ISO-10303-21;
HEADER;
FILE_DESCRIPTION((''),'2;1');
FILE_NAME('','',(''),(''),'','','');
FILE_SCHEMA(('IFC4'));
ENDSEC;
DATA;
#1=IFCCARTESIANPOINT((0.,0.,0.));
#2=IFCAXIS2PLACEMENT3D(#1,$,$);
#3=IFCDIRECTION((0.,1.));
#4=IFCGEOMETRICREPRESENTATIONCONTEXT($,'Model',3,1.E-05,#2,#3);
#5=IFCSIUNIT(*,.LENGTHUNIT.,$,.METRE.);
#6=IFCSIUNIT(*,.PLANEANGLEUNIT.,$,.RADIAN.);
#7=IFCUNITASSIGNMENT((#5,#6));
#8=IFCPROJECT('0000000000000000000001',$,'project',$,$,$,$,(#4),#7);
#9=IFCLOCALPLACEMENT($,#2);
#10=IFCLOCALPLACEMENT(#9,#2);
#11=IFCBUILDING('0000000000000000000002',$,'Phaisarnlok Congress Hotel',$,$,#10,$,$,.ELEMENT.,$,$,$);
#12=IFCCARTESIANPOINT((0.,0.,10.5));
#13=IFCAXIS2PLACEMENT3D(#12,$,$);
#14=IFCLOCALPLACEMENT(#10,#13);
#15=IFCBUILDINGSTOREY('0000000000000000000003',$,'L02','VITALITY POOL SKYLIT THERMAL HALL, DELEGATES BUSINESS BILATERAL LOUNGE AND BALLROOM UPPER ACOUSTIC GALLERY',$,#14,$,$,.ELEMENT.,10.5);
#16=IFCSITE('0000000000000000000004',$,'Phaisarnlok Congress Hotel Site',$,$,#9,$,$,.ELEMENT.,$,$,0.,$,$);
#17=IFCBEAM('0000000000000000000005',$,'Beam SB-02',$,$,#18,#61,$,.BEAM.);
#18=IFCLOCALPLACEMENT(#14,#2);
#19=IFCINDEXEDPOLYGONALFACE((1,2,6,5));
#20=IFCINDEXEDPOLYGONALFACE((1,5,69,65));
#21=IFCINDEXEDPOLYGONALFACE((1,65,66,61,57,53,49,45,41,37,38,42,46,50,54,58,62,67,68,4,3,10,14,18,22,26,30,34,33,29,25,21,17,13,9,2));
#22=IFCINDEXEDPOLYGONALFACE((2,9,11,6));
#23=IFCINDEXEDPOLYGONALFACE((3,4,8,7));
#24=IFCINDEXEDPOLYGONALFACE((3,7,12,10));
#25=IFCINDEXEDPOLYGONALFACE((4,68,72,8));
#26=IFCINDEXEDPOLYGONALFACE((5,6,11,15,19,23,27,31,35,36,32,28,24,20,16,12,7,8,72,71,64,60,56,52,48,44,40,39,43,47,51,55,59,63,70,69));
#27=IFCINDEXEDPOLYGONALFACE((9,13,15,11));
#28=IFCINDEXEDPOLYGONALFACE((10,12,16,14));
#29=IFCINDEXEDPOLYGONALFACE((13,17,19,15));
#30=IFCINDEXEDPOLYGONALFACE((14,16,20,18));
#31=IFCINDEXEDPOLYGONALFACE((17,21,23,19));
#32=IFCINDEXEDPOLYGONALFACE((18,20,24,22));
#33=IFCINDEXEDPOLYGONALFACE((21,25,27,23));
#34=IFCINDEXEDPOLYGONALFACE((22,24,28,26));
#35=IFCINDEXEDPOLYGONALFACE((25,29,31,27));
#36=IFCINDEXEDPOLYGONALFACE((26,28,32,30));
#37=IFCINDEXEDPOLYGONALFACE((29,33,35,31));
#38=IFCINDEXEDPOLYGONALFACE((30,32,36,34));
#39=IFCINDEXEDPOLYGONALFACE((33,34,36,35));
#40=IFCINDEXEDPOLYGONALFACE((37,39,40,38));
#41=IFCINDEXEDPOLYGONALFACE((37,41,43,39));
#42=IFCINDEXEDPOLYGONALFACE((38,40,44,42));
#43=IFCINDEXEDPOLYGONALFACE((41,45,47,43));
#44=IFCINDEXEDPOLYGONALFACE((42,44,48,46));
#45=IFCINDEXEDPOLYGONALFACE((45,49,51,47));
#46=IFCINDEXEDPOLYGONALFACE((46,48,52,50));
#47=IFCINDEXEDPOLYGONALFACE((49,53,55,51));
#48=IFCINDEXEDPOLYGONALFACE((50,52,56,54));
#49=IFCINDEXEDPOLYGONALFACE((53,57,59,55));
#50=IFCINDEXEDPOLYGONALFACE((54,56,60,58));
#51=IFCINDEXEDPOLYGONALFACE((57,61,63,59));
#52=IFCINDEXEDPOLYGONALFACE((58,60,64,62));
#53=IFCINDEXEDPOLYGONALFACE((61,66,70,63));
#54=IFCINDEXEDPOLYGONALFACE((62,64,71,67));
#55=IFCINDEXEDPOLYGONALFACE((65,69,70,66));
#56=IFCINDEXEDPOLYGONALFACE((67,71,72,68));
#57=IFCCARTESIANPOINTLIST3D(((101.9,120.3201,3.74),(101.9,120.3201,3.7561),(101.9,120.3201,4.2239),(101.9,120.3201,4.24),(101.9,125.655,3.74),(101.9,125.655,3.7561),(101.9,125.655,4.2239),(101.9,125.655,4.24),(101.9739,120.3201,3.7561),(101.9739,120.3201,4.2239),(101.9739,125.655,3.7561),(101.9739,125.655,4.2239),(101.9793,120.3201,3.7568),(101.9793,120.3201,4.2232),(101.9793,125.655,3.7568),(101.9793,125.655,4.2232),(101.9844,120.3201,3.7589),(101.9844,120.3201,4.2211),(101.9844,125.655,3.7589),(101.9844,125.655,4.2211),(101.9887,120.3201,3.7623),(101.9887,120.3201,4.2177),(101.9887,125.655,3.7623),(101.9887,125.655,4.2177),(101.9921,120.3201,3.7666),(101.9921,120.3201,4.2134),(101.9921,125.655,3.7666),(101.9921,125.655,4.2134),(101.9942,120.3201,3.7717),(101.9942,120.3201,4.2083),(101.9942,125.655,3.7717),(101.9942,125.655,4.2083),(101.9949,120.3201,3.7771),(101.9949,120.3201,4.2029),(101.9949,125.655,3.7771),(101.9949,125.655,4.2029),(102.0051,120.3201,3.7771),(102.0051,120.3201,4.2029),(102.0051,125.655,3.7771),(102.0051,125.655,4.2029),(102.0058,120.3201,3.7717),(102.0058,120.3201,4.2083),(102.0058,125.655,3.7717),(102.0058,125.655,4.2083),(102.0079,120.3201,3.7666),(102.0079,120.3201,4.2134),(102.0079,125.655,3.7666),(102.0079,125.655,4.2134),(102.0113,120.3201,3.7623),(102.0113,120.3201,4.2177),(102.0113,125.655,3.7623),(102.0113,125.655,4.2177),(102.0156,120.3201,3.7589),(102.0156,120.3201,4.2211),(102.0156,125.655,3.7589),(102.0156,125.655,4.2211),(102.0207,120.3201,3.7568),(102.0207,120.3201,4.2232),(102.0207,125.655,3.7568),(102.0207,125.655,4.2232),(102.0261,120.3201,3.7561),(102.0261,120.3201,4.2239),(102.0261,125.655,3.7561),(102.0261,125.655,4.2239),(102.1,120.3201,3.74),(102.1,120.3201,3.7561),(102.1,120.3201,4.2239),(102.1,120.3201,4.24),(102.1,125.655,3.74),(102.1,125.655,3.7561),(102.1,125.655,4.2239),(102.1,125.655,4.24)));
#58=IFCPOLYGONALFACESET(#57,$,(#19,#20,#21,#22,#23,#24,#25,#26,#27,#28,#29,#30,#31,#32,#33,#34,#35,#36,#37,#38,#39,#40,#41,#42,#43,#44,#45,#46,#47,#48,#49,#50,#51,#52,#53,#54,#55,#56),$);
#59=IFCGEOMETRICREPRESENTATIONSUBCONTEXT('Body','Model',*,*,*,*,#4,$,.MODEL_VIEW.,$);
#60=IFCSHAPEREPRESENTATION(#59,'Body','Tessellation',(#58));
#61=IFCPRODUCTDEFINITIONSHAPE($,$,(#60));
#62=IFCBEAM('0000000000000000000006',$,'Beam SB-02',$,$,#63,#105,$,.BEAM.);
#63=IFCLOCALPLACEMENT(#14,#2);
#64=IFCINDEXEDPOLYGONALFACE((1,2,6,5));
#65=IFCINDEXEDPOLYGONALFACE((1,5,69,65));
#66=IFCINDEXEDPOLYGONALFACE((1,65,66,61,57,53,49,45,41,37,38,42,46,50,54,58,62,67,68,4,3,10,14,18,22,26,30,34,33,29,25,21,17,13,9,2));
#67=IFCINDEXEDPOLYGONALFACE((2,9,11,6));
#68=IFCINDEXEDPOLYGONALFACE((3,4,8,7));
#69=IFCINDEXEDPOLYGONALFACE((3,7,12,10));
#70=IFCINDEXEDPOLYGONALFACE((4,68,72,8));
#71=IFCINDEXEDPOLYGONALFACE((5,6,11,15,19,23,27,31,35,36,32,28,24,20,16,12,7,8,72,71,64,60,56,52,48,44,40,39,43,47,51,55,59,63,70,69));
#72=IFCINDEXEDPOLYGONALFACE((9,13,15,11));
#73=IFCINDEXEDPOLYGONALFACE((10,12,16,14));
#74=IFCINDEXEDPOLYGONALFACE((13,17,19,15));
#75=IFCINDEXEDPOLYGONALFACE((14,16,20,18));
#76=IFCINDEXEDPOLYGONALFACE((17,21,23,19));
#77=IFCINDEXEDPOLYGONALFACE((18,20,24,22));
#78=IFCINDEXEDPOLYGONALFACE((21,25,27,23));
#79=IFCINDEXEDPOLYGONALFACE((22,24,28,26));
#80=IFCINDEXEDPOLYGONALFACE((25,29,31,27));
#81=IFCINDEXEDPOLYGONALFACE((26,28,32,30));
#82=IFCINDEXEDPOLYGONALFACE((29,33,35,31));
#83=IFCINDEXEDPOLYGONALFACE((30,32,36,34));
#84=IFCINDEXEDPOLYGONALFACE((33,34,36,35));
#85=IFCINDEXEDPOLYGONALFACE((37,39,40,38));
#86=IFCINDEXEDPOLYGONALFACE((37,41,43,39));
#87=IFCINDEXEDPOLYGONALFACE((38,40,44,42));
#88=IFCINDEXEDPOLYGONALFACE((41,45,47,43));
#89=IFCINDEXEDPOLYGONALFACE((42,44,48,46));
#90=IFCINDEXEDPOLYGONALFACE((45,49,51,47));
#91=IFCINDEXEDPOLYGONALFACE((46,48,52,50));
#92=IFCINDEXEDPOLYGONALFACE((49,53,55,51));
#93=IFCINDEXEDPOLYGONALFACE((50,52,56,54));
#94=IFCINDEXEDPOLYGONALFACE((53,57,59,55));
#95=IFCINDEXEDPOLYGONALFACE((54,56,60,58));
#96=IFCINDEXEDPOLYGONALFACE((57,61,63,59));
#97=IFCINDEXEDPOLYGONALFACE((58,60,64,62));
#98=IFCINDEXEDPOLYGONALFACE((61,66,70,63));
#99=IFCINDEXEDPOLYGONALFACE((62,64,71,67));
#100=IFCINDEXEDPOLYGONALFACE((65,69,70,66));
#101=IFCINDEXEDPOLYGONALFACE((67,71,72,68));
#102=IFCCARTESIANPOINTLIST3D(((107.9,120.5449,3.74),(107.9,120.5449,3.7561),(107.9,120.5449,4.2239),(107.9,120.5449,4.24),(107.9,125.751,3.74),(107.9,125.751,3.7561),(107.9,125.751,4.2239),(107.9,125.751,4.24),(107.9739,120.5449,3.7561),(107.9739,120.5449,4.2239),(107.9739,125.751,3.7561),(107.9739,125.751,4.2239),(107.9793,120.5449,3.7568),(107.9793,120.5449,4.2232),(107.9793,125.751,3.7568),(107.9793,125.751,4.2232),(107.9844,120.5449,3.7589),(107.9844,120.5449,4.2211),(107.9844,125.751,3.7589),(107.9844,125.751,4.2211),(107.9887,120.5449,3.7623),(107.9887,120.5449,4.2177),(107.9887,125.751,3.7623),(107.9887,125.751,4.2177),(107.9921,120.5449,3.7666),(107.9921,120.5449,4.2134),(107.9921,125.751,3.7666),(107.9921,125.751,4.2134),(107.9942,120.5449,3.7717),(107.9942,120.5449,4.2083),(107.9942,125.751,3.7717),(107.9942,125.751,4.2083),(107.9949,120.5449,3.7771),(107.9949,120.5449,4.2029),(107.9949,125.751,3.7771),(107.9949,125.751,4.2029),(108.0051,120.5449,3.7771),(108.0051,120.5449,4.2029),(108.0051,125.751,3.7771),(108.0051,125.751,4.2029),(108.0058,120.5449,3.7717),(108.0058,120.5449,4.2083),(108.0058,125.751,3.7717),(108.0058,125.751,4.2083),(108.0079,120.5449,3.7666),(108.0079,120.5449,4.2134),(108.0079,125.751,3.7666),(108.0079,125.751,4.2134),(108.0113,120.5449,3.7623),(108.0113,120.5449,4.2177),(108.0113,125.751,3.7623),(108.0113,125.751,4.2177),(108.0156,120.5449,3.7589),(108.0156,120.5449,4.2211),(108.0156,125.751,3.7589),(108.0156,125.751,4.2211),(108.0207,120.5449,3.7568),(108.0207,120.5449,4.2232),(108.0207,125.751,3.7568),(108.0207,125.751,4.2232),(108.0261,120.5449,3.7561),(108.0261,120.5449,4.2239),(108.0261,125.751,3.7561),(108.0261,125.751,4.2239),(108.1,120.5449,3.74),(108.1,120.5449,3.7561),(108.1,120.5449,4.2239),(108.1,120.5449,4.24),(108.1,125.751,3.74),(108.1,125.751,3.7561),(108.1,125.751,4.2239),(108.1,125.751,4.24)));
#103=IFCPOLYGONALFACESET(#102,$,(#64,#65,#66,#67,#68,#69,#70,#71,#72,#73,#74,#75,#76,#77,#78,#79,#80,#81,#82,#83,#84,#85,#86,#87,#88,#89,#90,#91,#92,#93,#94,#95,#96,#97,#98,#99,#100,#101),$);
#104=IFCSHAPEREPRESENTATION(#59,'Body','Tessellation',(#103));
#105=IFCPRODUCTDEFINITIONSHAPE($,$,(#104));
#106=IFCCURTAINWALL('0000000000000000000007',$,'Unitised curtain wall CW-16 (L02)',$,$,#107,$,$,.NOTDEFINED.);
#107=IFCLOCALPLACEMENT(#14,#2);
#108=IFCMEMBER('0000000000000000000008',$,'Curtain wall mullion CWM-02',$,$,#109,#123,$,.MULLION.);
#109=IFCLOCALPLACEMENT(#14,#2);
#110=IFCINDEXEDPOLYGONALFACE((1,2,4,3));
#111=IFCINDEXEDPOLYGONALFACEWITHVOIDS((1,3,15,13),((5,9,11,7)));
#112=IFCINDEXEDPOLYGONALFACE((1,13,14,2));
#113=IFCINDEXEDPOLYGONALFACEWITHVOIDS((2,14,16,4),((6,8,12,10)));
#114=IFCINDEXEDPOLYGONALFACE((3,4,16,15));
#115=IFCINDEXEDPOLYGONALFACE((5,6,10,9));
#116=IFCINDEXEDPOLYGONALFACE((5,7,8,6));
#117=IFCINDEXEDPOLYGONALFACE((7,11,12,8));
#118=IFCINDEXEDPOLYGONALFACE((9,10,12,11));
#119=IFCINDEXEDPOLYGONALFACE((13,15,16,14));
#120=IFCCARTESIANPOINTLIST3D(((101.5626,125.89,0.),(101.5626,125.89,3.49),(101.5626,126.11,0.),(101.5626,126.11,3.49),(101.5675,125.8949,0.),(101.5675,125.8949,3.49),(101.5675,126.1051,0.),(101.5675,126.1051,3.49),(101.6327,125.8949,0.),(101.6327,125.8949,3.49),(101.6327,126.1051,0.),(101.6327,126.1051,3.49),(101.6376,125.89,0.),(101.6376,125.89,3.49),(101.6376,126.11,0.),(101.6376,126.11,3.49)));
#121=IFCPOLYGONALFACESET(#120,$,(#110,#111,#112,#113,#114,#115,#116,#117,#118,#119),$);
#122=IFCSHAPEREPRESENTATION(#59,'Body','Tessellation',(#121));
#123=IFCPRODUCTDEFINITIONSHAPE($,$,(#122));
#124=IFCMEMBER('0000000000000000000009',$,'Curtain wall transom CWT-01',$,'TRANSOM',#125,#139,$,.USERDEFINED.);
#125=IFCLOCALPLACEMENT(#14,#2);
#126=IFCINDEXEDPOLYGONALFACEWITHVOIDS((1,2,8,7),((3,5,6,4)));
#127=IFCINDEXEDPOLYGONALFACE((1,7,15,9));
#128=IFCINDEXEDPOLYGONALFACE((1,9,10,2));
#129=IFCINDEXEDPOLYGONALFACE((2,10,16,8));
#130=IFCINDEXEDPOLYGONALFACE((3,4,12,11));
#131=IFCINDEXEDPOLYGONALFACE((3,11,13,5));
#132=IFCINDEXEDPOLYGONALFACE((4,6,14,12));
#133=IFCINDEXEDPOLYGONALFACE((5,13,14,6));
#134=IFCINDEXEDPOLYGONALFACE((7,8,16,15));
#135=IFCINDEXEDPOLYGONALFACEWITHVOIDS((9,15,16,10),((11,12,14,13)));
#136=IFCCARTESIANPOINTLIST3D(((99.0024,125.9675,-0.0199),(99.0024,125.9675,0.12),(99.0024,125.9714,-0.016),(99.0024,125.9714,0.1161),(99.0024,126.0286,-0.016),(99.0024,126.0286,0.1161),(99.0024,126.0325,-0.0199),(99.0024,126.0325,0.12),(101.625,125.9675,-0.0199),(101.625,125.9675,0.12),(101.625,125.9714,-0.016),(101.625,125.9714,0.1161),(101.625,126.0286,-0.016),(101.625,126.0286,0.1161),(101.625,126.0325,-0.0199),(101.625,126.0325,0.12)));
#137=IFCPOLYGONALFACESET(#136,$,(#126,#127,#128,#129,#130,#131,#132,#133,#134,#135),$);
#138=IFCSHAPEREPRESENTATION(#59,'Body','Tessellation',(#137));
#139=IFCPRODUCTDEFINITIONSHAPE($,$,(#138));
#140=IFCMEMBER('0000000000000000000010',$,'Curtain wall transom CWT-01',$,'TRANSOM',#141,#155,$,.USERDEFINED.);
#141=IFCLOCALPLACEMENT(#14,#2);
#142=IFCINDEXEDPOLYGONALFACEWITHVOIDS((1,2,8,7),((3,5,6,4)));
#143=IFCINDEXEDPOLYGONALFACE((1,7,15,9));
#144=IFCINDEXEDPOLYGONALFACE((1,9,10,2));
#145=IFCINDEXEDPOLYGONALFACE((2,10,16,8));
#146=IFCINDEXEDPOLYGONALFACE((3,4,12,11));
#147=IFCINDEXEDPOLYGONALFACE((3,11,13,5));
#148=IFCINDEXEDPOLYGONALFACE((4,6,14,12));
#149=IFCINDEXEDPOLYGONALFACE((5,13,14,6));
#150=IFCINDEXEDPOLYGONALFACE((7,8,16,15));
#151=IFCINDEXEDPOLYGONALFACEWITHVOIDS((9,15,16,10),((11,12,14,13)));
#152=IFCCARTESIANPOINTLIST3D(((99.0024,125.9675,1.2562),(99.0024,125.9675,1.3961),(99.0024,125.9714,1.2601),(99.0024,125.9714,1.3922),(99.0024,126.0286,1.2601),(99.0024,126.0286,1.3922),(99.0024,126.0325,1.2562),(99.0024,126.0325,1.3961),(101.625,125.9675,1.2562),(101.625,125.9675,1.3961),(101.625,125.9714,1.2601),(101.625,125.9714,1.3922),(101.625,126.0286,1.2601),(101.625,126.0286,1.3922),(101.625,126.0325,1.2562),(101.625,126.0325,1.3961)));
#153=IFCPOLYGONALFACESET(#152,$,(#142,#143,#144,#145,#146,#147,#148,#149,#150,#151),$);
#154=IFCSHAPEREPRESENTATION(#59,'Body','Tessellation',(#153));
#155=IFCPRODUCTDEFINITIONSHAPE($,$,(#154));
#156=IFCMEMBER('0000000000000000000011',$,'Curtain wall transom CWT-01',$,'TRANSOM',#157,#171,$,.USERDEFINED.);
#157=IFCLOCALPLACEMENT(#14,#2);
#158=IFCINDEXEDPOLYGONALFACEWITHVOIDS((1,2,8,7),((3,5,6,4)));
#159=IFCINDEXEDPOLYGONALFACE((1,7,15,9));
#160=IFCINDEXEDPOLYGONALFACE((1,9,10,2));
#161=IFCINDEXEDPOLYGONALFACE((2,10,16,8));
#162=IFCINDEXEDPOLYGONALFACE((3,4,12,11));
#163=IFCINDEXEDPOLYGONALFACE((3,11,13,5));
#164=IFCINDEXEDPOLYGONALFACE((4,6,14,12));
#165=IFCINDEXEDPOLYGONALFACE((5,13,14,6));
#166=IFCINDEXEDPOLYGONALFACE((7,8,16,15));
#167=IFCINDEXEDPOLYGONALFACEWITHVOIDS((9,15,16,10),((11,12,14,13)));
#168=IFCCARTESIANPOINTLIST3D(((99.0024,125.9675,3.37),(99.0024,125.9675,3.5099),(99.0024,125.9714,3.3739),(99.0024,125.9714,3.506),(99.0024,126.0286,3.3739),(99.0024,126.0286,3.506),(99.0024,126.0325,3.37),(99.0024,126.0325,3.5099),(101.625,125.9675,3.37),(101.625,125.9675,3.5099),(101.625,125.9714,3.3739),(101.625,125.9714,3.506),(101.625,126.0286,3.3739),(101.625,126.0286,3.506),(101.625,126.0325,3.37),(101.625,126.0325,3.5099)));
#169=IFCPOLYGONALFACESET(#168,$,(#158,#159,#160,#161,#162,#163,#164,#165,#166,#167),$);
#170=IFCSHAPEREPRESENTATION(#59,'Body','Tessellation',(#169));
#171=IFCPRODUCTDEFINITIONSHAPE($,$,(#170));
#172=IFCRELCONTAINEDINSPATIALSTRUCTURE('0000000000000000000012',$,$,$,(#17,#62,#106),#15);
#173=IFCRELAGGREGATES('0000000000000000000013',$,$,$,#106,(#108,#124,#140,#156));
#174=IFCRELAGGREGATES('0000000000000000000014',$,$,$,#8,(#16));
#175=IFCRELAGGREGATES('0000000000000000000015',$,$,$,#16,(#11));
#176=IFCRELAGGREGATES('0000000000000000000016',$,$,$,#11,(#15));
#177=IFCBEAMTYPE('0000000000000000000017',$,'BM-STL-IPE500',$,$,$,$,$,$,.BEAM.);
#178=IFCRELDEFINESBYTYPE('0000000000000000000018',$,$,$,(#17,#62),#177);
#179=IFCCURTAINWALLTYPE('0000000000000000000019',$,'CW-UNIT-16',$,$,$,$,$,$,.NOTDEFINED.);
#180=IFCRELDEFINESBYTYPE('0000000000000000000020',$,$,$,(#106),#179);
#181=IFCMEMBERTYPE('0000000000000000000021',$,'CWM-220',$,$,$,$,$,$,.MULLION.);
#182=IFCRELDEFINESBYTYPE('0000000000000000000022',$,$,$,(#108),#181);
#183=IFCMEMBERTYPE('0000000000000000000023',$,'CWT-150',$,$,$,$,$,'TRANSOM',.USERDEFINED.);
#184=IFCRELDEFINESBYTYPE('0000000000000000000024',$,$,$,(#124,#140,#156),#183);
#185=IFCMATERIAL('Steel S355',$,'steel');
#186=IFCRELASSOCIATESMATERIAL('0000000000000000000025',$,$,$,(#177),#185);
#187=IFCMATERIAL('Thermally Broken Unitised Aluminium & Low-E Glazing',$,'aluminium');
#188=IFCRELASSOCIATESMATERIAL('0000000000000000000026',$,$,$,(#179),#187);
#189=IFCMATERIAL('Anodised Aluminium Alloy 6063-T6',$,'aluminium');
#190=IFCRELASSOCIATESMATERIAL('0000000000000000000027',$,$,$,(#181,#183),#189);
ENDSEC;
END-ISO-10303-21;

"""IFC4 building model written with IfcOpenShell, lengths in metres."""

from ifc_helpers import new_model, si_unit, direction, frame, origin, origin_2d, place, context, subcontext, project, spatial, hollow_rectangle, i_section, extrude, material, material_profile, profile_set, type_object, element, aggregate, save


model = new_model("IFC4")

# Units and contexts
model_context = context("Model", 3, precision=1e-05, world=origin(), true_north=direction((0.0, 1.0)))
body_context = subcontext(model_context, "Body", "Model", "MODEL_VIEW")
ifc_project = project(units=[si_unit("LENGTHUNIT", "METRE"), si_unit("PLANEANGLEUNIT", "RADIAN")], contexts=[model_context])

# Site, building, storey
site_placement = place(None, origin())
site = spatial("IfcSite", under=ifc_project, at=site_placement, Name="Phaisarnlok Congress Hotel Site", CompositionType="ELEMENT", RefElevation=0.0)
building_placement = place(site_placement, origin())
building = spatial("IfcBuilding", under=site, at=building_placement, Name="Phaisarnlok Congress Hotel", CompositionType="ELEMENT")
storey_placement = place(building_placement, frame((0.0, 0.0, 10.5)))
storey = spatial("IfcBuildingStorey", under=building, at=storey_placement, Name="L02", Description="VITALITY POOL SKYLIT THERMAL HALL, DELEGATES BUSINESS BILATERAL LOUNGE AND BALLROOM UPPER ACOUSTIC GALLERY", CompositionType="ELEMENT", Elevation=10.5)

# Shared definitions
ifc_material_1 = material(Name="Steel S355", Category="steel")

# Beams
ifc_material_profile_1 = material_profile(ifc_material_1, i_section(OverallWidth=0.2, OverallDepth=0.5, WebThickness=0.0103, FlangeThickness=0.0161, FilletRadius=0.021, at=origin_2d()), Name="IPE 500")
ifc_profile_set_1 = profile_set([ifc_material_profile_1], Name="Steel S355")
beam_type_1 = type_object("IfcBeamType", Name="BM-STL-IPE500", PredefinedType="BEAM", material=ifc_profile_set_1)
beam_1_placement = place(storey_placement, frame((102.0, 120.3201, 3.99), z_axis=(0.0, 1.0, 0.0), x_axis=(-1.0, 0.0, 0.0)))
element("IfcBeam", 1, at=beam_1_placement, inside=storey, type_object=beam_type_1, Name="Beam SB-02", PredefinedType="BEAM", context=body_context, shape_type="SweptSolid", body=[
    extrude(i_section(OverallWidth=0.2, OverallDepth=0.5, WebThickness=0.0103, FlangeThickness=0.0161, FilletRadius=0.021, at=origin_2d()), origin(), (0.0, 0.0, 1.0), 5.335),
])
beam_2_placement = place(storey_placement, frame((108.0, 120.5449, 3.99), z_axis=(0.0, 1.0, 0.0), x_axis=(-1.0, 0.0, 0.0)))
element("IfcBeam", 2, at=beam_2_placement, inside=storey, type_object=beam_type_1, Name="Beam SB-02", PredefinedType="BEAM", context=body_context, shape_type="SweptSolid", body=[
    extrude(i_section(OverallWidth=0.2, OverallDepth=0.5, WebThickness=0.0103, FlangeThickness=0.0161, FilletRadius=0.021, at=origin_2d()), origin(), (0.0, 0.0, 1.0), 5.2061),
])

# Curtain wall, members
ifc_material_2 = material(Name="Thermally Broken Unitised Aluminium & Low-E Glazing", Category="aluminium")
curtain_wall_type = type_object("IfcCurtainWallType", Name="CW-UNIT-16", PredefinedType="NOTDEFINED", material=ifc_material_2)
curtain_wall_placement = place(storey_placement, origin())
curtain_wall = element("IfcCurtainWall", 3, at=curtain_wall_placement, inside=storey, type_object=curtain_wall_type, Name="Unitised curtain wall CW-16 (L02)", PredefinedType="NOTDEFINED")
ifc_material_3 = material(Name="Anodised Aluminium Alloy 6063-T6", Category="aluminium")
ifc_material_profile_2 = material_profile(ifc_material_3, hollow_rectangle(XDim=0.075, YDim=0.22, WallThickness=0.0049, at=origin_2d()), Name="ALU-M 75x220x5")
ifc_profile_set_2 = profile_set([ifc_material_profile_2], Name="Anodised Aluminium Alloy 6063-T6")
member_type_1 = type_object("IfcMemberType", Name="CWM-220", PredefinedType="MULLION", material=ifc_profile_set_2)
member_1_placement = place(storey_placement, frame((101.6001, 126.0, 0.0), z_axis=(0.0, 0.0, 1.0), x_axis=(-1.0, 0.0, 0.0)))
member_1 = element("IfcMember", 4, at=member_1_placement, type_object=member_type_1, Name="Curtain wall mullion CWM-02", PredefinedType="MULLION", context=body_context, shape_type="SweptSolid", body=[
    extrude(hollow_rectangle(XDim=0.075, YDim=0.22, WallThickness=0.0049, at=origin_2d()), origin(), (0.0, 0.0, 1.0), 3.49),
])
ifc_material_profile_3 = material_profile(ifc_material_3, hollow_rectangle(XDim=0.0649, YDim=0.1399, WallThickness=0.0039, at=origin_2d()), Name="ALU-T 65x140x4")
ifc_profile_set_3 = profile_set([ifc_material_profile_3], Name="Anodised Aluminium Alloy 6063-T6")
member_type_2 = type_object("IfcMemberType", Name="CWT-150", ElementType="TRANSOM", PredefinedType="USERDEFINED", material=ifc_profile_set_3)
member_2_placement = place(storey_placement, frame((101.625, 126.0, 0.05), z_axis=(-1.0, 0.0, 0.0), x_axis=(0.0, -1.0, 0.0)))
member_2 = element("IfcMember", 5, at=member_2_placement, type_object=member_type_2, Name="Curtain wall transom CWT-01", ObjectType="TRANSOM", PredefinedType="USERDEFINED", context=body_context, shape_type="SweptSolid", body=[
    extrude(hollow_rectangle(XDim=0.0649, YDim=0.1399, WallThickness=0.0039, at=origin_2d()), origin(), (0.0, 0.0, 1.0), 2.6226),
])
member_3_placement = place(storey_placement, frame((101.625, 126.0, 1.3262), z_axis=(-1.0, 0.0, 0.0), x_axis=(0.0, -1.0, 0.0)))
member_3 = element("IfcMember", 6, at=member_3_placement, type_object=member_type_2, Name="Curtain wall transom CWT-01", ObjectType="TRANSOM", PredefinedType="USERDEFINED", context=body_context, shape_type="SweptSolid", body=[
    extrude(hollow_rectangle(XDim=0.0649, YDim=0.1399, WallThickness=0.0039, at=origin_2d()), origin(), (0.0, 0.0, 1.0), 2.6226),
])
member_4_placement = place(storey_placement, frame((101.625, 126.0, 3.4399), z_axis=(-1.0, 0.0, 0.0), x_axis=(0.0, -1.0, 0.0)))
member_4 = element("IfcMember", 7, at=member_4_placement, type_object=member_type_2, Name="Curtain wall transom CWT-01", ObjectType="TRANSOM", PredefinedType="USERDEFINED", context=body_context, shape_type="SweptSolid", body=[
    extrude(hollow_rectangle(XDim=0.0649, YDim=0.1399, WallThickness=0.0039, at=origin_2d()), origin(), (0.0, 0.0, 1.0), 2.6226),
])

aggregate(curtain_wall, [member_1, member_2, member_3, member_4])

save(model, "model.ifc")
